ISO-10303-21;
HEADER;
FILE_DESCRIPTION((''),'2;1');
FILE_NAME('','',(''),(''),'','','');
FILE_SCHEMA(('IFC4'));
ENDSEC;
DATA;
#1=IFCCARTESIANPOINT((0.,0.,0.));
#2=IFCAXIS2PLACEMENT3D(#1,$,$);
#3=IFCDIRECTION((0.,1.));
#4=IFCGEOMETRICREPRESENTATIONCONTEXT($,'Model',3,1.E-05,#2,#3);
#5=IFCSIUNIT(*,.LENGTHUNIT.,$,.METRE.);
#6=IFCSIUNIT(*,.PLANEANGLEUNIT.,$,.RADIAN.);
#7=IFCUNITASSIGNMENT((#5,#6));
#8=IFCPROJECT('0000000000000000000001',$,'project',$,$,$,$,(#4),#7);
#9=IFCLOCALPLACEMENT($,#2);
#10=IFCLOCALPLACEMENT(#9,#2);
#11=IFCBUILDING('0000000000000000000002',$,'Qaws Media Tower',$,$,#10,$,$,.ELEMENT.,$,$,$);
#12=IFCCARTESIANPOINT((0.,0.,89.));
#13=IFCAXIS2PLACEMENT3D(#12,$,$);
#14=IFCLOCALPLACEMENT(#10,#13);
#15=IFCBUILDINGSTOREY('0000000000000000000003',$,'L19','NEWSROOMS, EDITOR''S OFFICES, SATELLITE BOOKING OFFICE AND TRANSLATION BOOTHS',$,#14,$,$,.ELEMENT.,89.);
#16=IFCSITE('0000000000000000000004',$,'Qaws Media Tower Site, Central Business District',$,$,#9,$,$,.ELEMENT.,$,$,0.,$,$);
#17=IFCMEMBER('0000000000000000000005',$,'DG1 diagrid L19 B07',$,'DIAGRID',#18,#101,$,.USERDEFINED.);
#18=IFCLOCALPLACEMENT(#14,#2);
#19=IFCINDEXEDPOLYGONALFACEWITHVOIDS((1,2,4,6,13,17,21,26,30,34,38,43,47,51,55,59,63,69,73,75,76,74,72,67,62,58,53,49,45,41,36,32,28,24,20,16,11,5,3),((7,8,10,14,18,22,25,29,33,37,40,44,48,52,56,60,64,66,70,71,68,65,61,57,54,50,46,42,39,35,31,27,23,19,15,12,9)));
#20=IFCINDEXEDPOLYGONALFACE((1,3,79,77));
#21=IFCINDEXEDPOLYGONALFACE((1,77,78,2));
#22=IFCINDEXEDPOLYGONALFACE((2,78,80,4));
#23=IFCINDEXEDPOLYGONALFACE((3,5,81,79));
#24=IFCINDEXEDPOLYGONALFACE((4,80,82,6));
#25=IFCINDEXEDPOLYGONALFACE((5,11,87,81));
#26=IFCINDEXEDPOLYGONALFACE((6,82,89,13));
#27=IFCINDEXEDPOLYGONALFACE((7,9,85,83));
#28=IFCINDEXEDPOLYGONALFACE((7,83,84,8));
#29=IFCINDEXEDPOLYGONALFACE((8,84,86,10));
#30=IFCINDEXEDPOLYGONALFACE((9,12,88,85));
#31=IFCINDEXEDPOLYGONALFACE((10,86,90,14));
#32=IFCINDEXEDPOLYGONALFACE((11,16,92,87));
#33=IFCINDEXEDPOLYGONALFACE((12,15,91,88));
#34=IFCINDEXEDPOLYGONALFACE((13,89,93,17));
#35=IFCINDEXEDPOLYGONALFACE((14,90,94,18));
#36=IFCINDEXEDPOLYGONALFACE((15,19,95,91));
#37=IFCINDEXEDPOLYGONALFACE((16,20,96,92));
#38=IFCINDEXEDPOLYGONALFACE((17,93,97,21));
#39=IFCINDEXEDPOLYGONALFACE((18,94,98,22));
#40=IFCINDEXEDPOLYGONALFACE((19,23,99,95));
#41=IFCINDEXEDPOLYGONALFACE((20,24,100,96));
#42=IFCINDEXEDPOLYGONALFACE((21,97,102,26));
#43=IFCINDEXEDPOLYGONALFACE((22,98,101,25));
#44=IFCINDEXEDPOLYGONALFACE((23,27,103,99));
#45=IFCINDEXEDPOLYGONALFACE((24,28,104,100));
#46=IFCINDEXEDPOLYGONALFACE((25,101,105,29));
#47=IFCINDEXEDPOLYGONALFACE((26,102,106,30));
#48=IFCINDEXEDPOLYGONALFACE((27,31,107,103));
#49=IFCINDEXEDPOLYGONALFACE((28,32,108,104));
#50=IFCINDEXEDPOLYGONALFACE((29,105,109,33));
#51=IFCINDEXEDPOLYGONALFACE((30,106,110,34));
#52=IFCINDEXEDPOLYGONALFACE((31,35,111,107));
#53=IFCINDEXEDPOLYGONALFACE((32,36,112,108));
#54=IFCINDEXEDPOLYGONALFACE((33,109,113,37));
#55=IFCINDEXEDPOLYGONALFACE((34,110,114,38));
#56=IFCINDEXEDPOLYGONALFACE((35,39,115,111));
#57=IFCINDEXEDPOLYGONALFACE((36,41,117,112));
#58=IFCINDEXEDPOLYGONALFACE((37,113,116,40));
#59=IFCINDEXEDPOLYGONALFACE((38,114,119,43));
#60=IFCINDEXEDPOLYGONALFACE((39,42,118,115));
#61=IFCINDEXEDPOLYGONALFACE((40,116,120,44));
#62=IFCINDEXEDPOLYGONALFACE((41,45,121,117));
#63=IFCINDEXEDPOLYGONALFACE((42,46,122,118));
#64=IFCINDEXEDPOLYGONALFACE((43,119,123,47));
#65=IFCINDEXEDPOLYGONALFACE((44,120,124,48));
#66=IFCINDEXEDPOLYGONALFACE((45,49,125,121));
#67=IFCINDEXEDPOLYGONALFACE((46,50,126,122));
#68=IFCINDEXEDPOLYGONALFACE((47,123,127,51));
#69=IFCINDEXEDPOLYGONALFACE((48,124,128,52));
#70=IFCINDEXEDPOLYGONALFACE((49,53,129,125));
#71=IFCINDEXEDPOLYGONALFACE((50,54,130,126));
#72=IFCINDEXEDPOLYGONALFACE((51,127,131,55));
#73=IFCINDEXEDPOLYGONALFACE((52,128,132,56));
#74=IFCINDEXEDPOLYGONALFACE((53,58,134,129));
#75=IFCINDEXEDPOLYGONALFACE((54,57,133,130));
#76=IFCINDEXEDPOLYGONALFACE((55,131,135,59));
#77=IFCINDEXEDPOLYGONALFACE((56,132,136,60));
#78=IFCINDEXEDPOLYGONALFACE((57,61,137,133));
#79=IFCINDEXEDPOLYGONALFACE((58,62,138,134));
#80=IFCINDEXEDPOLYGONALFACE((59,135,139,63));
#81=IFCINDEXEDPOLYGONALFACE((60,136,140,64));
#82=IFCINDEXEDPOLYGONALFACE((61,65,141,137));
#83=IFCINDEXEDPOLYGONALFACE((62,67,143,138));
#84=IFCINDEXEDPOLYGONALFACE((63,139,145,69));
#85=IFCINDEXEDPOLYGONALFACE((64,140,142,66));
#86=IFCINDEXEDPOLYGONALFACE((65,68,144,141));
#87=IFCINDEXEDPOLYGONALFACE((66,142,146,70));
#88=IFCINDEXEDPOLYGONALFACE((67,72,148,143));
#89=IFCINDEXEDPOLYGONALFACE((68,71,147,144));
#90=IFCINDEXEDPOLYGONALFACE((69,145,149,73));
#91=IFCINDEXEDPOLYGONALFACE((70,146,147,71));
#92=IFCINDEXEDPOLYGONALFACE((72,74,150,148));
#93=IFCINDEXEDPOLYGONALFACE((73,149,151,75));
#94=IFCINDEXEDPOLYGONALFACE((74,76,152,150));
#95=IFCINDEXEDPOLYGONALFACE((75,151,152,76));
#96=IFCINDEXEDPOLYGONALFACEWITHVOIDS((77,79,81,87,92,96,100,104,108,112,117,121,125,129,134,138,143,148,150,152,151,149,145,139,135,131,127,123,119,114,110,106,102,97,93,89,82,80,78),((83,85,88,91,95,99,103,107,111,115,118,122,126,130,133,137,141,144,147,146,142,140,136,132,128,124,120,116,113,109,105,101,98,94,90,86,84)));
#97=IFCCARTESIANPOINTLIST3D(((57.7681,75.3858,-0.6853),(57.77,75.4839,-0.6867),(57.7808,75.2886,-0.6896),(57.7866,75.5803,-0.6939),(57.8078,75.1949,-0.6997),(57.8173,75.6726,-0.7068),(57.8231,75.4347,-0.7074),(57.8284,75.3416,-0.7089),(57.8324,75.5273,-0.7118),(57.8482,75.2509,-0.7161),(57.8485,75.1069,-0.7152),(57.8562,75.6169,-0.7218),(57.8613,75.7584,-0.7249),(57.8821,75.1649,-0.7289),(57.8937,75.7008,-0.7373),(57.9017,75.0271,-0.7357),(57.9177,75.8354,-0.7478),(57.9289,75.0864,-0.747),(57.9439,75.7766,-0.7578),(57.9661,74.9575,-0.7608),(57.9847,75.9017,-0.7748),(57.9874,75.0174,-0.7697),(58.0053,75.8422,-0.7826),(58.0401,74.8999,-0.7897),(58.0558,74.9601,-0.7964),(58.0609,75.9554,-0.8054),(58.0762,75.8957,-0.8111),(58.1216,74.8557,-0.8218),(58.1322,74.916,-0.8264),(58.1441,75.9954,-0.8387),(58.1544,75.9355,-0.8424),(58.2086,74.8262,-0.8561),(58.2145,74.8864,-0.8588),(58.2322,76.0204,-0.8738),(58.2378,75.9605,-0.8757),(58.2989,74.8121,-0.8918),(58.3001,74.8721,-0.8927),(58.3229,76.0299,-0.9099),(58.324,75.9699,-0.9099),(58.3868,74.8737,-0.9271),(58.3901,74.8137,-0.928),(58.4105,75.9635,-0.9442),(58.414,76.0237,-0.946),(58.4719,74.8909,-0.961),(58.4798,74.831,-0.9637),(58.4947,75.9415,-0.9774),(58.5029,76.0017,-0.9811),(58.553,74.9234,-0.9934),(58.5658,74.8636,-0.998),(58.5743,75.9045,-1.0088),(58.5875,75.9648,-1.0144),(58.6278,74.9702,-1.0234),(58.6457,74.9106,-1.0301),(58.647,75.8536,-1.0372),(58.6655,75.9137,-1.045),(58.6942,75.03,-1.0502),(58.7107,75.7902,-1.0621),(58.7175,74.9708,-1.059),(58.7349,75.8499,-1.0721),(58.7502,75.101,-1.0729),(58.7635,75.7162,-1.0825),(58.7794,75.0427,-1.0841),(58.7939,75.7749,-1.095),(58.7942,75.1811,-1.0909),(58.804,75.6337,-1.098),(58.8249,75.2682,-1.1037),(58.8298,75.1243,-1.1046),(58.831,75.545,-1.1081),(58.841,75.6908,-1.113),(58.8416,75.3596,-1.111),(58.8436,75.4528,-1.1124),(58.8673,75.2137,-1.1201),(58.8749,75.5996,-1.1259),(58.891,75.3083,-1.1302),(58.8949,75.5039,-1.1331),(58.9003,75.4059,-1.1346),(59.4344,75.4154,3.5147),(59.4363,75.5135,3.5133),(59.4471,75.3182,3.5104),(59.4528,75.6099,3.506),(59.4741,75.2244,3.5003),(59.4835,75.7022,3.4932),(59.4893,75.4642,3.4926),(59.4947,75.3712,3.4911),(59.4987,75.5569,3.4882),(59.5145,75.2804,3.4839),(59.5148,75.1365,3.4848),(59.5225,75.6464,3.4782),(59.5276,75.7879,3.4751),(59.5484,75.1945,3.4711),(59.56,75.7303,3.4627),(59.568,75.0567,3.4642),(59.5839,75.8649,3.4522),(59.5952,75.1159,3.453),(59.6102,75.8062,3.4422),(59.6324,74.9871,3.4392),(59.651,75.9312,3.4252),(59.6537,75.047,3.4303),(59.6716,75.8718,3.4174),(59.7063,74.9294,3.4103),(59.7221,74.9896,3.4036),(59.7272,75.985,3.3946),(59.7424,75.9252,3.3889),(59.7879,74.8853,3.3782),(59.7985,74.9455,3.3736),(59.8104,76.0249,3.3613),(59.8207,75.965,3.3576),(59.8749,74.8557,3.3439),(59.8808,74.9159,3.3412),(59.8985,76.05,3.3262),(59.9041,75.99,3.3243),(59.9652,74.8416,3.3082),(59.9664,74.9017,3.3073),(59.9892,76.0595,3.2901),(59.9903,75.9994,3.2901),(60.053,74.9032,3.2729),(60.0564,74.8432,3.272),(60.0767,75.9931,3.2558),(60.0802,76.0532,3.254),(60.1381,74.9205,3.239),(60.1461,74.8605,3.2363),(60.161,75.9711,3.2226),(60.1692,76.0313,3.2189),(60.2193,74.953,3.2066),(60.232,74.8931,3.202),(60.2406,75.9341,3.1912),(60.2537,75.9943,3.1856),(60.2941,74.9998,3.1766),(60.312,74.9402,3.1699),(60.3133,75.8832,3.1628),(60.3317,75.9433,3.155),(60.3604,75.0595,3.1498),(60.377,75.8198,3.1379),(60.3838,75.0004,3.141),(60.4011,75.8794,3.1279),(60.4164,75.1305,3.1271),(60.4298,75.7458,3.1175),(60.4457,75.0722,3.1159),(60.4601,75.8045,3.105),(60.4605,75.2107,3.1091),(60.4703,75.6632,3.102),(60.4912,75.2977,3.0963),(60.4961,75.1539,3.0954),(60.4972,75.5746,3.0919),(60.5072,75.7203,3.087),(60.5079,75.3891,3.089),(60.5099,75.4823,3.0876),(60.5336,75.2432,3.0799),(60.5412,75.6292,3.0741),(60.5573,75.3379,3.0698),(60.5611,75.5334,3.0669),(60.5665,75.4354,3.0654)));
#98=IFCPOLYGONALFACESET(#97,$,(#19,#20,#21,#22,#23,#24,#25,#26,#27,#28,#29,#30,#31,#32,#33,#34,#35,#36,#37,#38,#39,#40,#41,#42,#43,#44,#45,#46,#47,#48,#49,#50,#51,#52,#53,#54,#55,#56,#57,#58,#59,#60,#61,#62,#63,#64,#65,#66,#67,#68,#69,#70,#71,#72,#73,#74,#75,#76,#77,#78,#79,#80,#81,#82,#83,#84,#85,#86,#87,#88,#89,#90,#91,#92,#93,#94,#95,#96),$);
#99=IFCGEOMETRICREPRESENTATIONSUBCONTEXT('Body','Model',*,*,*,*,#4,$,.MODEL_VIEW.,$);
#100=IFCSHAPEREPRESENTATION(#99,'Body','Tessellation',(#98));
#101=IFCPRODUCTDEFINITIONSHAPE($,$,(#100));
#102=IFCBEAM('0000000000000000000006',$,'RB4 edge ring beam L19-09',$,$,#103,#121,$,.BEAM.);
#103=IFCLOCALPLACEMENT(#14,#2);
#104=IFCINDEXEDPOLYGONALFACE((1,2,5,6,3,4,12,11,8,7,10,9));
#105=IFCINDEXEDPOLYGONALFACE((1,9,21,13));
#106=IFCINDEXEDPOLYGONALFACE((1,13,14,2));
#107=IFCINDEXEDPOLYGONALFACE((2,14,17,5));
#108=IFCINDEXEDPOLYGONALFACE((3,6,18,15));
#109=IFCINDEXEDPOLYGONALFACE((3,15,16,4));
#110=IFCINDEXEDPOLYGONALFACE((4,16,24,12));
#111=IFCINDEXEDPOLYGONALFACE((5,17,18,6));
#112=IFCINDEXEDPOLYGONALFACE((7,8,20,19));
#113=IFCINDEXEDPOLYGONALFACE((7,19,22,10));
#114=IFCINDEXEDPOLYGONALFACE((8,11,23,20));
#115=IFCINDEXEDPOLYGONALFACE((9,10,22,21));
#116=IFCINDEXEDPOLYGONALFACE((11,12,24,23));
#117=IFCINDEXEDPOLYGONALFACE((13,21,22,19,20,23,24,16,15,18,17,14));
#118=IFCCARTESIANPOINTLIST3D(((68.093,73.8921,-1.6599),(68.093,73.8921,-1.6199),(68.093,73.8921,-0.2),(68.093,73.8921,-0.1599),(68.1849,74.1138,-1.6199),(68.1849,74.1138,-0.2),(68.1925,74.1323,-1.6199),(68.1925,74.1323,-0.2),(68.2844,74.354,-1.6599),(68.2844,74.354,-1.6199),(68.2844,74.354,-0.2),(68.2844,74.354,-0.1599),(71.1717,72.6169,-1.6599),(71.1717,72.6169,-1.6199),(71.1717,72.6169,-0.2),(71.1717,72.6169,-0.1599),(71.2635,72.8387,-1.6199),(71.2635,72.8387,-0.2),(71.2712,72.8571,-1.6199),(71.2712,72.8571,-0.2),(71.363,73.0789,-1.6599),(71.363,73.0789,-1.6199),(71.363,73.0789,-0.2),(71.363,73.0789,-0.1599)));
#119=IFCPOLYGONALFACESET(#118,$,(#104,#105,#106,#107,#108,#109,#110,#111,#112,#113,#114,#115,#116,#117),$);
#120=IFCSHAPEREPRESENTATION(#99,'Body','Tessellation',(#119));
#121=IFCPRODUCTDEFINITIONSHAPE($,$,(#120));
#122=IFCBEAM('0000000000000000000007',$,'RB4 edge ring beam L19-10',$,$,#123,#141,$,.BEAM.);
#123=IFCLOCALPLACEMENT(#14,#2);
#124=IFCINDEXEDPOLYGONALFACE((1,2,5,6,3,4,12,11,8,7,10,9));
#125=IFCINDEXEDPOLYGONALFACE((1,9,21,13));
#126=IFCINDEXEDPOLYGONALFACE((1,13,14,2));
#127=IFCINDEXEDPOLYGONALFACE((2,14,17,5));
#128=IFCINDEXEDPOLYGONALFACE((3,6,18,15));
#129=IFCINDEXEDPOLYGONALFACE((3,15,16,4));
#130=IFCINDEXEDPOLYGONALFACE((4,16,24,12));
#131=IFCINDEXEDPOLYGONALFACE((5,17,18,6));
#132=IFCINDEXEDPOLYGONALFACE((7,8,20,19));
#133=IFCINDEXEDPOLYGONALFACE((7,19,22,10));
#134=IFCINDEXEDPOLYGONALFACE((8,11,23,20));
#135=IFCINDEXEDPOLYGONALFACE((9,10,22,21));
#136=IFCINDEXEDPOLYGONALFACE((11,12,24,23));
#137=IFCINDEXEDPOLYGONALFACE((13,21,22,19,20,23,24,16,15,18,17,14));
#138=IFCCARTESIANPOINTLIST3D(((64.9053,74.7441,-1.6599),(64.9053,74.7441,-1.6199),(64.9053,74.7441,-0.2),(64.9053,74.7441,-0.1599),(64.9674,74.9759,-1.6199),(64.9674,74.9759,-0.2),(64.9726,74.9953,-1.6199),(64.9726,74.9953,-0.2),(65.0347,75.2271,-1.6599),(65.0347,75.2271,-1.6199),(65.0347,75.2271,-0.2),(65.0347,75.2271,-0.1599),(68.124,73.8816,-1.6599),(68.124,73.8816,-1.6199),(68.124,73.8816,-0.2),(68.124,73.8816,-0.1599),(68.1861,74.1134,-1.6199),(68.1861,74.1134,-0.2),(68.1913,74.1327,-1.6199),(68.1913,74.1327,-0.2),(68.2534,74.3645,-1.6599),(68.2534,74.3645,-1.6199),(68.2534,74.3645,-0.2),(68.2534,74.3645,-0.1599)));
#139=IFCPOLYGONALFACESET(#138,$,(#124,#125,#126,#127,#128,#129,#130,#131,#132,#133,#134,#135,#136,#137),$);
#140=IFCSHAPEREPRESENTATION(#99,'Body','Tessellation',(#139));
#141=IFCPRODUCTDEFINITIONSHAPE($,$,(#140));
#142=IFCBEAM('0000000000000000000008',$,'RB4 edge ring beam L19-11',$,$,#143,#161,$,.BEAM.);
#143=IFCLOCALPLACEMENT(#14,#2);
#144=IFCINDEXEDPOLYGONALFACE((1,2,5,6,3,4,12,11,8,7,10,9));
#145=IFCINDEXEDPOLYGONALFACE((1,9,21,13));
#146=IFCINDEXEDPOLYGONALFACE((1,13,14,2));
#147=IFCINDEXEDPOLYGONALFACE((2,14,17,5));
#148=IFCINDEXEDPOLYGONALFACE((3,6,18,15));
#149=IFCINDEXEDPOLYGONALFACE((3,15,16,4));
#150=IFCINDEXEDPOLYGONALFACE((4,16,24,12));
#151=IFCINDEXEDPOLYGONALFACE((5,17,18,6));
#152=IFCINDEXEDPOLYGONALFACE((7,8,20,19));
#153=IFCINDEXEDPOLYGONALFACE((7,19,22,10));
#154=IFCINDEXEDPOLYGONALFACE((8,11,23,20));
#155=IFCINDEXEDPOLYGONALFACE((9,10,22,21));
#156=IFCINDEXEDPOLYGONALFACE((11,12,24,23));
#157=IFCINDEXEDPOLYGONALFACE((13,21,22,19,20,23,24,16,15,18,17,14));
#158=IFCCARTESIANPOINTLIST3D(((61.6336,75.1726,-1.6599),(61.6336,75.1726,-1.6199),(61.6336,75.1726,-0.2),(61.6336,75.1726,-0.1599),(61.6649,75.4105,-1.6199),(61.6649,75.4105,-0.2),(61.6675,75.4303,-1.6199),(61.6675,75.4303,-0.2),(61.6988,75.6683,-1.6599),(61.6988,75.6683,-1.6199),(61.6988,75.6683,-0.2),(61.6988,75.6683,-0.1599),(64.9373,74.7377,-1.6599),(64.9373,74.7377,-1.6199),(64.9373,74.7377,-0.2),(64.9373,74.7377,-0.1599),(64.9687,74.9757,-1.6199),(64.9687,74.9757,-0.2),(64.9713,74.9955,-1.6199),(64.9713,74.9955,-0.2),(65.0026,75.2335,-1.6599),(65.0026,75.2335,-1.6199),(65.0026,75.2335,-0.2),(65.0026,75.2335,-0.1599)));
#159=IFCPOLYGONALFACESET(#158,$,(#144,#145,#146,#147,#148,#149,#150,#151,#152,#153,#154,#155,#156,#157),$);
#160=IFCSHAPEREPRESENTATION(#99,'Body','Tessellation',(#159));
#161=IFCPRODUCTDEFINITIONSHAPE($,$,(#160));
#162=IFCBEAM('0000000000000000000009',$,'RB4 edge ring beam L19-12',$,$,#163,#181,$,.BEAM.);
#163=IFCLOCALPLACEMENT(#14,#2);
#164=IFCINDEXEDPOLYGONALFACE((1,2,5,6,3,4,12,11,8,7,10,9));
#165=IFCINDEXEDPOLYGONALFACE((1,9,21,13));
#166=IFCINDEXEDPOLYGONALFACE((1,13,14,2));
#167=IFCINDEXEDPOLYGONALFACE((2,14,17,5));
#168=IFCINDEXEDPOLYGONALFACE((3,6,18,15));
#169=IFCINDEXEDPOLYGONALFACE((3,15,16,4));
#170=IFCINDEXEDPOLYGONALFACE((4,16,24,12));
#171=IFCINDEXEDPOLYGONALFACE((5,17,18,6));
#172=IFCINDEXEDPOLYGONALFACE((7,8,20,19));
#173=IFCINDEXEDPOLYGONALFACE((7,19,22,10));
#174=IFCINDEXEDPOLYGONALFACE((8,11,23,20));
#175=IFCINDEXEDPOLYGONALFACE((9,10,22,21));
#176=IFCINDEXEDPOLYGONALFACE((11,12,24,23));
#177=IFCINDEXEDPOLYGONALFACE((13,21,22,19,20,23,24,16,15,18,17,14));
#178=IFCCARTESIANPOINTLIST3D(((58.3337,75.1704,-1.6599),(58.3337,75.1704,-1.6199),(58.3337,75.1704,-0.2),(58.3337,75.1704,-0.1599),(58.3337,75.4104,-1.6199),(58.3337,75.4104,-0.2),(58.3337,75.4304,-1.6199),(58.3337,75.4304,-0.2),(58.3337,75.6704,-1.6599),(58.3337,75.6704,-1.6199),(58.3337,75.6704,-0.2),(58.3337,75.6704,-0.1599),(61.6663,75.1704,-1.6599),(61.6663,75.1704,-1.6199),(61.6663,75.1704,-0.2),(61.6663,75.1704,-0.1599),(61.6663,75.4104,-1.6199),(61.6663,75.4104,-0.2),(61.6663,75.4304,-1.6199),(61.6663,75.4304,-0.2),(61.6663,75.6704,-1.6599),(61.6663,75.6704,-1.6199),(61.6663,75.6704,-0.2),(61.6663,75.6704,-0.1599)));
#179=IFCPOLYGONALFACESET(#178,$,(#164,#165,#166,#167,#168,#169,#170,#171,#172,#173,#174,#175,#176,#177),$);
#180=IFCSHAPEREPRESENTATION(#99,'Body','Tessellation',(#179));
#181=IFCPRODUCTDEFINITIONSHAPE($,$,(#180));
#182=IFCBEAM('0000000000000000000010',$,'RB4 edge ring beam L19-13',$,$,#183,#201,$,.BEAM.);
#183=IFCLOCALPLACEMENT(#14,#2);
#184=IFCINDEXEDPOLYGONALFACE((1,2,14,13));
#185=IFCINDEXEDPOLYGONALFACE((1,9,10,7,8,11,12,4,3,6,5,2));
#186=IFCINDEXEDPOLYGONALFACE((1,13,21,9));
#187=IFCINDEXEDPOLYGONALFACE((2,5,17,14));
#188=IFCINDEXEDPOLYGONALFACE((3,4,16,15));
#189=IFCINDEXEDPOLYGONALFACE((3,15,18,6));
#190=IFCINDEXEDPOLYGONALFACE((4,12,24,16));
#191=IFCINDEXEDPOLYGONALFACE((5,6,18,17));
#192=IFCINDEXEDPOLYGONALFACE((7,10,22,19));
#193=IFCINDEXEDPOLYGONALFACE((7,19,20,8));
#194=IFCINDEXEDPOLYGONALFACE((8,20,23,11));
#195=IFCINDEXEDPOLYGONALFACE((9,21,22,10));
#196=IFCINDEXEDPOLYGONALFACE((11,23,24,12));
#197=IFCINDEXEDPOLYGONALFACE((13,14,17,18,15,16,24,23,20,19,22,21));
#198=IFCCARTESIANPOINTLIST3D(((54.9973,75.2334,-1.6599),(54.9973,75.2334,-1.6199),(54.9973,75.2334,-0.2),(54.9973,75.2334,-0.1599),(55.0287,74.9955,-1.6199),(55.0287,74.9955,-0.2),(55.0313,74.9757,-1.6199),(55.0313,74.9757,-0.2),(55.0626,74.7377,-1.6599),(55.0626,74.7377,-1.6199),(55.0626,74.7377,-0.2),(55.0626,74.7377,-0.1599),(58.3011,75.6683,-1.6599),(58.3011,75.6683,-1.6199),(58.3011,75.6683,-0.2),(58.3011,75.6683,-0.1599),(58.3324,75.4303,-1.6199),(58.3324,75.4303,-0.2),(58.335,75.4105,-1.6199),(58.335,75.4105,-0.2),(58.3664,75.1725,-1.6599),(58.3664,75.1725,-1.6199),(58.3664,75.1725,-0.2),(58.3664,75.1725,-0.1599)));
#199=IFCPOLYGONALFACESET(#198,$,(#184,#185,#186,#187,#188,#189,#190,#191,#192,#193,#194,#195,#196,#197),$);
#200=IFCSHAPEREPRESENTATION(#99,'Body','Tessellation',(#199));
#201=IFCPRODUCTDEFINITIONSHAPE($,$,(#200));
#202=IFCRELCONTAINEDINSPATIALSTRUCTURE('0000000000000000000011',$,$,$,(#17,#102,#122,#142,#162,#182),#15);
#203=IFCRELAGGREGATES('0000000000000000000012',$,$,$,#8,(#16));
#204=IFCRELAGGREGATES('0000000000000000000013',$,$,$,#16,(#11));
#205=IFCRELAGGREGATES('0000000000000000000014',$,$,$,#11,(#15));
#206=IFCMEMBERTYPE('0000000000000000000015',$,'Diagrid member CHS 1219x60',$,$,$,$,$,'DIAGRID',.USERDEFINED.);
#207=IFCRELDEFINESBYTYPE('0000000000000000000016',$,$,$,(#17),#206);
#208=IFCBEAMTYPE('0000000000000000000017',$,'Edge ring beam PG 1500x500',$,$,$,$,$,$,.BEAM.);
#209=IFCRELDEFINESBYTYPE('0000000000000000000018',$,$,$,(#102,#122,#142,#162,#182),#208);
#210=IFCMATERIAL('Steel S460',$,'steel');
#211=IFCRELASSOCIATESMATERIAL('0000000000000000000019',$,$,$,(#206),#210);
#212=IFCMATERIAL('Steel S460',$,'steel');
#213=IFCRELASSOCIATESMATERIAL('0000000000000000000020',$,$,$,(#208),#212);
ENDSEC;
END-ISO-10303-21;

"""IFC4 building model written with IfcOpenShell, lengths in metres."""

from ifc_helpers import new_model, si_unit, direction, frame, origin, origin_2d, place, context, subcontext, project, spatial, hollow_circle, i_section, extrude, material, material_profile, profile_set, type_object, element, save


model = new_model("IFC4")

# Units and contexts
model_context = context("Model", 3, precision=1e-05, world=origin(), true_north=direction((0.0, 1.0)))
body_context = subcontext(model_context, "Body", "Model", "MODEL_VIEW")
ifc_project = project(units=[si_unit("LENGTHUNIT", "METRE"), si_unit("PLANEANGLEUNIT", "RADIAN")], contexts=[model_context])

# Site, building, storey
site_placement = place(None, origin())
site = spatial("IfcSite", under=ifc_project, at=site_placement, Name="Qaws Media Tower Site, Central Business District", CompositionType="ELEMENT", RefElevation=0.0)
building_placement = place(site_placement, origin())
building = spatial("IfcBuilding", under=site, at=building_placement, Name="Qaws Media Tower", CompositionType="ELEMENT")
storey_placement = place(building_placement, frame((0.0, 0.0, 89.0)))
storey = spatial("IfcBuildingStorey", under=building, at=storey_placement, Name="L19", Description="NEWSROOMS, EDITOR'S OFFICES, SATELLITE BOOKING OFFICE AND TRANSLATION BOOTHS", CompositionType="ELEMENT", Elevation=89.0)

# Member
ifc_material_1 = material(Name="Steel S460", Category="steel")
ifc_material_profile_1 = material_profile(ifc_material_1, hollow_circle(Radius=0.6096, WallThickness=0.0601, at=origin_2d()), Name="CHS 1219x60")
ifc_profile_set_1 = profile_set([ifc_material_profile_1], Name="Steel S460")
member_type_1 = type_object("IfcMemberType", Name="Diagrid member CHS 1219x60", ElementType="DIAGRID", PredefinedType="USERDEFINED", material=ifc_profile_set_1)
for number, where, z_axis, x_axis, name in (
    (1, (58.3337, 75.4204, -0.9099), (0.368764, 0.006538, 0.9295), (-0.017726, 0.999843, 0.0), "DG1 diagrid L19 B07"),
):
    element("IfcMember", number, at=place(storey_placement, frame(where, z_axis=z_axis, x_axis=x_axis)), inside=storey, type_object=member_type_1, Name=name, ObjectType="DIAGRID", PredefinedType="USERDEFINED", context=body_context, shape_type="SweptSolid", body=[
        extrude(hollow_circle(Radius=0.6096, WallThickness=0.0601, at=origin_2d()), origin(), (0.0, 0.0, 1.0), 4.5186),
    ])

# Beams
ifc_material_2 = material(Name="Steel S460", Category="steel")
ifc_material_profile_2 = material_profile(ifc_material_2, i_section(OverallWidth=0.5, OverallDepth=1.5, WebThickness=0.02, FlangeThickness=0.04, at=origin_2d()), Name="PG 1500x500")
ifc_profile_set_2 = profile_set([ifc_material_profile_2], Name="Steel S460")
beam_type = type_object("IfcBeamType", Name="Edge ring beam PG 1500x500", PredefinedType="BEAM", material=ifc_profile_set_2)
for number, where, z_axis, x_axis, name in (
    (2, (71.2673, 72.8479, -0.9099), (-0.923886, 0.382669, 0.0), (-0.382669, -0.923886, 0.0), "RB4 edge ring beam L19-09"),
    (3, (68.1887, 74.123, -0.9099), (-0.965919, 0.258844, 0.0), (-0.258844, -0.965919, 0.0), "RB4 edge ring beam L19-10"),
    (4, (64.97, 74.9856, -0.9099), (-0.99145, 0.130489, 0.0), (-0.130489, -0.99145, 0.0), "RB4 edge ring beam L19-11"),
):
    element("IfcBeam", number, at=place(storey_placement, frame(where, z_axis=z_axis, x_axis=x_axis)), inside=storey, type_object=beam_type, Name=name, PredefinedType="BEAM", context=body_context, shape_type="SweptSolid", body=[
        extrude(i_section(OverallWidth=0.5, OverallDepth=1.5, WebThickness=0.02, FlangeThickness=0.04, at=origin_2d()), origin(), (0.0, 0.0, 1.0), 3.3323),
    ])
beam_1_placement = place(storey_placement, frame((61.6663, 75.4204, -0.9099), z_axis=(-1.0, 0.0, 0.0), x_axis=(0.0, -1.0, 0.0)))
element("IfcBeam", 5, at=beam_1_placement, inside=storey, type_object=beam_type, Name="RB4 edge ring beam L19-12", PredefinedType="BEAM", context=body_context, shape_type="SweptSolid", body=[
    extrude(i_section(OverallWidth=0.5, OverallDepth=1.5, WebThickness=0.02, FlangeThickness=0.04, at=origin_2d()), origin(), (0.0, 0.0, 1.0), 3.3325),
])
beam_2_placement = place(storey_placement, frame((58.3337, 75.4204, -0.9099), z_axis=(-0.99145, -0.130489, 0.0), x_axis=(0.130489, -0.99145, 0.0)))
element("IfcBeam", 6, at=beam_2_placement, inside=storey, type_object=beam_type, Name="RB4 edge ring beam L19-13", PredefinedType="BEAM", context=body_context, shape_type="SweptSolid", body=[
    extrude(i_section(OverallWidth=0.5, OverallDepth=1.5, WebThickness=0.02, FlangeThickness=0.04, at=origin_2d()), origin(), (0.0, 0.0, 1.0), 3.3323),
])

save(model, "model.ifc")
